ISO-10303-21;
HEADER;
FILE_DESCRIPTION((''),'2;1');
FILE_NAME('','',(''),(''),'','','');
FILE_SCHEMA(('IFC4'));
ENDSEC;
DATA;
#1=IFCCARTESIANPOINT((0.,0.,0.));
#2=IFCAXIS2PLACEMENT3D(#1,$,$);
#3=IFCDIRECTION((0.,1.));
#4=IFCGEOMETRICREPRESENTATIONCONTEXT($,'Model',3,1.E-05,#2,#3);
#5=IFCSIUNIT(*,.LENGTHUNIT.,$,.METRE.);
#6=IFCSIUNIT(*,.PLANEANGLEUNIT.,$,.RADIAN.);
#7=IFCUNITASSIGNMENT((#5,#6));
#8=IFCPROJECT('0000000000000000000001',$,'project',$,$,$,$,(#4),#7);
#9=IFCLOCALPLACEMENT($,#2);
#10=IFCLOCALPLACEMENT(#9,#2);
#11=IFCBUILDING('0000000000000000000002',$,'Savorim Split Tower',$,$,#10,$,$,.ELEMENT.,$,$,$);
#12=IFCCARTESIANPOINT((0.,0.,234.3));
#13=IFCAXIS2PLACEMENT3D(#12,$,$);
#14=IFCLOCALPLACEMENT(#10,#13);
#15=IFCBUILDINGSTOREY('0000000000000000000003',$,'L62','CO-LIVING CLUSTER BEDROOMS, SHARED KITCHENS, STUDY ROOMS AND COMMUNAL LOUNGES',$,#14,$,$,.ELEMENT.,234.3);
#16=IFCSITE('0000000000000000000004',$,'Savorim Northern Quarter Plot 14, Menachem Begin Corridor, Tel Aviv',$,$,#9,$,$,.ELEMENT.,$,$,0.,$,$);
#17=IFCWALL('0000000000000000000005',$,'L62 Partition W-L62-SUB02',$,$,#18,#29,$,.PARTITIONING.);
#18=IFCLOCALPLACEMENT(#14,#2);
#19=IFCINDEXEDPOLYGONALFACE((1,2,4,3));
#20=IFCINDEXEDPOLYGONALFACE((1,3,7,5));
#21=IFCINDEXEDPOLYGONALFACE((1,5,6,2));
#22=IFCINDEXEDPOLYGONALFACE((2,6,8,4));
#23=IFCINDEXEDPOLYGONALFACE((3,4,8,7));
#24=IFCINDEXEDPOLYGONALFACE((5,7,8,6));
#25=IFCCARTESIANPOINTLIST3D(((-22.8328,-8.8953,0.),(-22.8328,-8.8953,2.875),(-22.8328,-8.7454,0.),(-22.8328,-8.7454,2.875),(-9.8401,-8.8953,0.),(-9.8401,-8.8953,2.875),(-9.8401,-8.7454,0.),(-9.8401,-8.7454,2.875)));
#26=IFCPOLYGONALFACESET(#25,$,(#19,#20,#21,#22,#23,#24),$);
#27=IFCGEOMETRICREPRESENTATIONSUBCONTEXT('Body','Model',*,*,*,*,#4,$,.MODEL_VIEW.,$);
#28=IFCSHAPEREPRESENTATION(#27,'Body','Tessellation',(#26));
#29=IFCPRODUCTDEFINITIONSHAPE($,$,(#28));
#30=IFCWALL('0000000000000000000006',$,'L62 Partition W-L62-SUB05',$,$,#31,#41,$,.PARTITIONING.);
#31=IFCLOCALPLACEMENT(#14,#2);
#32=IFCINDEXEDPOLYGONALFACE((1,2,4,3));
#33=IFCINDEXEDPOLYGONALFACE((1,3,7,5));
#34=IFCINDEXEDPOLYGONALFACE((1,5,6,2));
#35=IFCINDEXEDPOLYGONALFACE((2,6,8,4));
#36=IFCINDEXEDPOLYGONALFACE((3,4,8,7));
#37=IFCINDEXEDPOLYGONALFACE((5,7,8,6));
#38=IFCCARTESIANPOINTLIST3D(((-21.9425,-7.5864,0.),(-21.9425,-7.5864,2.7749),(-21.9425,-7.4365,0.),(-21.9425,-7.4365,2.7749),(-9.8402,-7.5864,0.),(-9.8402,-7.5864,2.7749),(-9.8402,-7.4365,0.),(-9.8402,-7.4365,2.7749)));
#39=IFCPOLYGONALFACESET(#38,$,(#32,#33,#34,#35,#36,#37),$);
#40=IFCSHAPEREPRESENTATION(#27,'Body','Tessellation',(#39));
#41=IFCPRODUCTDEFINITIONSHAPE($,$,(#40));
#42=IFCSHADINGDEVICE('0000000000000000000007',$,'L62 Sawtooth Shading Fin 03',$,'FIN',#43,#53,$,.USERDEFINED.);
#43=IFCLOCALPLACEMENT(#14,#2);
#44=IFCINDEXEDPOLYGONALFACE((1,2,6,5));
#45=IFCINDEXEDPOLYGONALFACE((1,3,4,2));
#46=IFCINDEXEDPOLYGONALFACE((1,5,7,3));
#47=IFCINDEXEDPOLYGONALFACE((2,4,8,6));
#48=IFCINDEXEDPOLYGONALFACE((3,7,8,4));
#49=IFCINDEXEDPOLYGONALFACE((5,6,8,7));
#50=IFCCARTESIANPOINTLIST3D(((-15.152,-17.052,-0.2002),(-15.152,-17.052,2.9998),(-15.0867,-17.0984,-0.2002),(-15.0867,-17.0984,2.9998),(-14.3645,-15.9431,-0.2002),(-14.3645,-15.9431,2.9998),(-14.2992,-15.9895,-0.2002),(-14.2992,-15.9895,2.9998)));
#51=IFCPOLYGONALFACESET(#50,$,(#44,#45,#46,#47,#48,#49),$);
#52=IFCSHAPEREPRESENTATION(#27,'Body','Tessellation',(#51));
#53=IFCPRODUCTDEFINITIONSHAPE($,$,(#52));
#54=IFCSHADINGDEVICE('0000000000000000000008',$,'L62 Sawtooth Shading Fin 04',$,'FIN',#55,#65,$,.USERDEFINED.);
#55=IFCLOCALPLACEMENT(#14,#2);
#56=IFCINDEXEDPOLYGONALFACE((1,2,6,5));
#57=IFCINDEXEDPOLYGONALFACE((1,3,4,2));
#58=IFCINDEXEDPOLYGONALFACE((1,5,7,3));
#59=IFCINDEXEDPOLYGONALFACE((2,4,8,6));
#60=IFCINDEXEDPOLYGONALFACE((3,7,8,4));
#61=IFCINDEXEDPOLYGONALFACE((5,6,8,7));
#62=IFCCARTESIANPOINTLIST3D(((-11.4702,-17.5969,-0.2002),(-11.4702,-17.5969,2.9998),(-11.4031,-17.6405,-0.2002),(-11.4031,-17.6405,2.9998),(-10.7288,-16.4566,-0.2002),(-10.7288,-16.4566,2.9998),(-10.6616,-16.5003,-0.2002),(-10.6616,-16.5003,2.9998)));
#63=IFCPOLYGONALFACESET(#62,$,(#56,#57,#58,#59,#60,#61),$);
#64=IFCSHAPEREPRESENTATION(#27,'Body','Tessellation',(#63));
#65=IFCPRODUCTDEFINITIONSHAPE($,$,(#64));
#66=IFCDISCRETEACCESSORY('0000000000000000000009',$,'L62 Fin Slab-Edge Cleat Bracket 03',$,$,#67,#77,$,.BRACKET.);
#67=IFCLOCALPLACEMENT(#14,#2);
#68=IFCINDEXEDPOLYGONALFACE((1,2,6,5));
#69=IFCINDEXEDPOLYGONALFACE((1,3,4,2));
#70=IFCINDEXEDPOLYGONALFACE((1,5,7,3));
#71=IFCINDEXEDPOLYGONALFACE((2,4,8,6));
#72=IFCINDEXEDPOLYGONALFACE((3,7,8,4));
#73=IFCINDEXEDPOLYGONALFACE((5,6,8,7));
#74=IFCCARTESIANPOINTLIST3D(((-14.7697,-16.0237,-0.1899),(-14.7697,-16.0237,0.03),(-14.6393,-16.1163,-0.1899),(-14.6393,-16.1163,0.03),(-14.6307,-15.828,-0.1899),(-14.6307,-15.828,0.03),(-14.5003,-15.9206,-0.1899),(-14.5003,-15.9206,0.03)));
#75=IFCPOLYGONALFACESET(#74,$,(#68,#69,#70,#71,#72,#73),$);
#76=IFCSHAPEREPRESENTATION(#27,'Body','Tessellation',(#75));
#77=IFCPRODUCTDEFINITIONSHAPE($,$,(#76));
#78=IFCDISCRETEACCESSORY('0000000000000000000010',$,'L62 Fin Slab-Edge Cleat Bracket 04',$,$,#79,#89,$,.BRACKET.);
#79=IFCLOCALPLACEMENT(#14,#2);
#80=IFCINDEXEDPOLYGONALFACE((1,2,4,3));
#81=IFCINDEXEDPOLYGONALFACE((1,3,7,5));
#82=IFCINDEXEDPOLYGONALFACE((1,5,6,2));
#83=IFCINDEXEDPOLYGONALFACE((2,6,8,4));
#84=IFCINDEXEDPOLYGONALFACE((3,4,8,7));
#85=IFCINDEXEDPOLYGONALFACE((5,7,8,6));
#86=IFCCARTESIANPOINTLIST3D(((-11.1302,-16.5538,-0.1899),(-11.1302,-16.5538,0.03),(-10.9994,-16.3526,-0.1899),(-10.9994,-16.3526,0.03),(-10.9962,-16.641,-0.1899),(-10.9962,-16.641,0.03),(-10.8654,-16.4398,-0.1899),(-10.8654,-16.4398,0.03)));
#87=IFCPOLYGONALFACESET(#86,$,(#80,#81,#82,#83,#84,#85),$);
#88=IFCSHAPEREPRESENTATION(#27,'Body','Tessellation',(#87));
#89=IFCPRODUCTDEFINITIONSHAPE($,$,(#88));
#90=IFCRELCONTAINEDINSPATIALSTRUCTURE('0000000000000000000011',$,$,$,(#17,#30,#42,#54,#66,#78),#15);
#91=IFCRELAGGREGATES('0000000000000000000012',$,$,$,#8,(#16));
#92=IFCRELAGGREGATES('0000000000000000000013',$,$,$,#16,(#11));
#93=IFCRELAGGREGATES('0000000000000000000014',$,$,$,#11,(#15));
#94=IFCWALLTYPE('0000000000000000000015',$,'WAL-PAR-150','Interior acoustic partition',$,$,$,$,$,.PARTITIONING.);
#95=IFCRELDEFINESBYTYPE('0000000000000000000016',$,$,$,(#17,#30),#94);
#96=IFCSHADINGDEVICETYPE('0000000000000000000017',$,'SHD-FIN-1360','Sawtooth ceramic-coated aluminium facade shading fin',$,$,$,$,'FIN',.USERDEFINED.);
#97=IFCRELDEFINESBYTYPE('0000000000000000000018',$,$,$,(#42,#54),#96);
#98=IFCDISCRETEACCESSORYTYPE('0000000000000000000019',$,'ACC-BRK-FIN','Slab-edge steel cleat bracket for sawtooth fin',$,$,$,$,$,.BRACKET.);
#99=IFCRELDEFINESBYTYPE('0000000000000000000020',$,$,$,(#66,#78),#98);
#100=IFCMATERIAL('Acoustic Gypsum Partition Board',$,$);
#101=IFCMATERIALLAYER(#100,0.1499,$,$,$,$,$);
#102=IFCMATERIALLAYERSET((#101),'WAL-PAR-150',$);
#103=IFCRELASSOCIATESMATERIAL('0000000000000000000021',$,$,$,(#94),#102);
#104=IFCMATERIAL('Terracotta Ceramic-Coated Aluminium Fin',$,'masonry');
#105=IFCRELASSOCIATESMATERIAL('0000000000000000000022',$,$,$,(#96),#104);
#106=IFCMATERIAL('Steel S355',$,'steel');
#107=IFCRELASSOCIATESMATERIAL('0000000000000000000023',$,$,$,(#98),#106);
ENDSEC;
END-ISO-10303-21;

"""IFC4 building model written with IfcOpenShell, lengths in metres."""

from ifc_helpers import new_model, si_unit, direction, frame, frame_2d, origin, origin_2d, place, context, subcontext, project, spatial, rectangle, extrude, material, layer, layer_set, type_object, element, save


model = new_model("IFC4")

# Units and contexts
model_context = context("Model", 3, precision=1e-05, world=origin(), true_north=direction((0.0, 1.0)))
body_context = subcontext(model_context, "Body", "Model", "MODEL_VIEW")
ifc_project = project(units=[si_unit("LENGTHUNIT", "METRE"), si_unit("PLANEANGLEUNIT", "RADIAN")], contexts=[model_context])

# Site, building, storey
site_placement = place(None, origin())
site = spatial("IfcSite", under=ifc_project, at=site_placement, Name="Savorim Northern Quarter Plot 14, Menachem Begin Corridor, Tel Aviv", CompositionType="ELEMENT", RefElevation=0.0)
building_placement = place(site_placement, origin())
building = spatial("IfcBuilding", under=site, at=building_placement, Name="Savorim Split Tower", CompositionType="ELEMENT")
storey_placement = place(building_placement, frame((0.0, 0.0, 234.3)))
storey = spatial("IfcBuildingStorey", under=building, at=storey_placement, Name="L62", Description="CO-LIVING CLUSTER BEDROOMS, SHARED KITCHENS, STUDY ROOMS AND COMMUNAL LOUNGES", CompositionType="ELEMENT", Elevation=234.3)

# Shared definitions
ifc_material_1 = material(Name="Steel S355", Category="steel")

# Shared definitions
ifc_material_2 = material(Name="Acoustic Gypsum Partition Board")
ifc_layer_1 = layer(ifc_material_2, 0.1499)
ifc_layer_set_1 = layer_set([ifc_layer_1], Name="WAL-PAR-150")
wall_type_1 = type_object("IfcWallType", Name="WAL-PAR-150", Description="Interior acoustic partition", PredefinedType="PARTITIONING", material=ifc_layer_set_1)

# Walls
wall_1_placement = place(storey_placement, frame((-9.8401, -8.8203, 0.0), z_axis=(0.0, 0.0, 1.0), x_axis=(-1.0, 0.0, 0.0)))
element("IfcWall", 1, at=wall_1_placement, inside=storey, type_object=wall_type_1, Name="L62 Partition W-L62-SUB02", PredefinedType="PARTITIONING", context=body_context, shape_type="SweptSolid", body=[
    extrude(rectangle(XDim=12.9927, YDim=0.1499, at=frame_2d((6.4963, 0.0))), origin(), (0.0, 0.0, 1.0), 2.875),
])
wall_2_placement = place(storey_placement, frame((-9.8401, -7.5115, 0.0), z_axis=(0.0, 0.0, 1.0), x_axis=(-1.0, 0.0, 0.0)))
element("IfcWall", 2, at=wall_2_placement, inside=storey, type_object=wall_type_1, Name="L62 Partition W-L62-SUB05", PredefinedType="PARTITIONING", context=body_context, shape_type="SweptSolid", body=[
    extrude(rectangle(XDim=12.1023, YDim=0.1499, at=frame_2d((6.0513, 0.0))), origin(), (0.0, 0.0, 1.0), 2.7749),
])

# Shading devices
ifc_material_3 = material(Name="Terracotta Ceramic-Coated Aluminium Fin", Category="masonry")
shading_device_type = type_object("IfcShadingDeviceType", Name="SHD-FIN-1360", Description="Sawtooth ceramic-coated aluminium facade shading fin", ElementType="FIN", PredefinedType="USERDEFINED", material=ifc_material_3)
for number, where, z_axis, x_axis, name in (
    (3, (-14.7256, -16.5208, -0.2002), (0.0, 0.0, 1.0), (-0.578994, -0.815332, 0.0), "L62 Sawtooth Shading Fin 03"),
    (4, (-11.0659, -17.0486, -0.2002), (0.0, 0.0, 1.0), (-0.545148, -0.83834, 0.0), "L62 Sawtooth Shading Fin 04"),
):
    element("IfcShadingDevice", number, at=place(storey_placement, frame(where, z_axis=z_axis, x_axis=x_axis)), inside=storey, type_object=shading_device_type, Name=name, ObjectType="FIN", PredefinedType="USERDEFINED", context=body_context, shape_type="SweptSolid", body=[
        extrude(rectangle(XDim=1.3601, YDim=0.0801, at=origin_2d()), origin(), (0.0, 0.0, 1.0), 3.2),
    ])

# Discrete accessories
discrete_accessory_type = type_object("IfcDiscreteAccessoryType", Name="ACC-BRK-FIN", Description="Slab-edge steel cleat bracket for sawtooth fin", PredefinedType="BRACKET", material=ifc_material_1)
for number, where, z_axis, x_axis, name in (
    (5, (-14.635, -15.9722, -0.1899), (0.0, 0.0, 1.0), (-0.578994, -0.815332, 0.0), "L62 Fin Slab-Edge Cleat Bracket 03"),
    (6, (-10.9978, -16.4968, -0.1899), (0.0, 0.0, 1.0), (-0.545148, -0.83834, 0.0), "L62 Fin Slab-Edge Cleat Bracket 04"),
):
    element("IfcDiscreteAccessory", number, at=place(storey_placement, frame(where, z_axis=z_axis, x_axis=x_axis)), inside=storey, type_object=discrete_accessory_type, Name=name, PredefinedType="BRACKET", context=body_context, shape_type="SweptSolid", body=[
        extrude(rectangle(XDim=0.24, YDim=0.1599, at=origin_2d()), origin(), (0.0, 0.0, 1.0), 0.22),
    ])

save(model, "model.ifc")
